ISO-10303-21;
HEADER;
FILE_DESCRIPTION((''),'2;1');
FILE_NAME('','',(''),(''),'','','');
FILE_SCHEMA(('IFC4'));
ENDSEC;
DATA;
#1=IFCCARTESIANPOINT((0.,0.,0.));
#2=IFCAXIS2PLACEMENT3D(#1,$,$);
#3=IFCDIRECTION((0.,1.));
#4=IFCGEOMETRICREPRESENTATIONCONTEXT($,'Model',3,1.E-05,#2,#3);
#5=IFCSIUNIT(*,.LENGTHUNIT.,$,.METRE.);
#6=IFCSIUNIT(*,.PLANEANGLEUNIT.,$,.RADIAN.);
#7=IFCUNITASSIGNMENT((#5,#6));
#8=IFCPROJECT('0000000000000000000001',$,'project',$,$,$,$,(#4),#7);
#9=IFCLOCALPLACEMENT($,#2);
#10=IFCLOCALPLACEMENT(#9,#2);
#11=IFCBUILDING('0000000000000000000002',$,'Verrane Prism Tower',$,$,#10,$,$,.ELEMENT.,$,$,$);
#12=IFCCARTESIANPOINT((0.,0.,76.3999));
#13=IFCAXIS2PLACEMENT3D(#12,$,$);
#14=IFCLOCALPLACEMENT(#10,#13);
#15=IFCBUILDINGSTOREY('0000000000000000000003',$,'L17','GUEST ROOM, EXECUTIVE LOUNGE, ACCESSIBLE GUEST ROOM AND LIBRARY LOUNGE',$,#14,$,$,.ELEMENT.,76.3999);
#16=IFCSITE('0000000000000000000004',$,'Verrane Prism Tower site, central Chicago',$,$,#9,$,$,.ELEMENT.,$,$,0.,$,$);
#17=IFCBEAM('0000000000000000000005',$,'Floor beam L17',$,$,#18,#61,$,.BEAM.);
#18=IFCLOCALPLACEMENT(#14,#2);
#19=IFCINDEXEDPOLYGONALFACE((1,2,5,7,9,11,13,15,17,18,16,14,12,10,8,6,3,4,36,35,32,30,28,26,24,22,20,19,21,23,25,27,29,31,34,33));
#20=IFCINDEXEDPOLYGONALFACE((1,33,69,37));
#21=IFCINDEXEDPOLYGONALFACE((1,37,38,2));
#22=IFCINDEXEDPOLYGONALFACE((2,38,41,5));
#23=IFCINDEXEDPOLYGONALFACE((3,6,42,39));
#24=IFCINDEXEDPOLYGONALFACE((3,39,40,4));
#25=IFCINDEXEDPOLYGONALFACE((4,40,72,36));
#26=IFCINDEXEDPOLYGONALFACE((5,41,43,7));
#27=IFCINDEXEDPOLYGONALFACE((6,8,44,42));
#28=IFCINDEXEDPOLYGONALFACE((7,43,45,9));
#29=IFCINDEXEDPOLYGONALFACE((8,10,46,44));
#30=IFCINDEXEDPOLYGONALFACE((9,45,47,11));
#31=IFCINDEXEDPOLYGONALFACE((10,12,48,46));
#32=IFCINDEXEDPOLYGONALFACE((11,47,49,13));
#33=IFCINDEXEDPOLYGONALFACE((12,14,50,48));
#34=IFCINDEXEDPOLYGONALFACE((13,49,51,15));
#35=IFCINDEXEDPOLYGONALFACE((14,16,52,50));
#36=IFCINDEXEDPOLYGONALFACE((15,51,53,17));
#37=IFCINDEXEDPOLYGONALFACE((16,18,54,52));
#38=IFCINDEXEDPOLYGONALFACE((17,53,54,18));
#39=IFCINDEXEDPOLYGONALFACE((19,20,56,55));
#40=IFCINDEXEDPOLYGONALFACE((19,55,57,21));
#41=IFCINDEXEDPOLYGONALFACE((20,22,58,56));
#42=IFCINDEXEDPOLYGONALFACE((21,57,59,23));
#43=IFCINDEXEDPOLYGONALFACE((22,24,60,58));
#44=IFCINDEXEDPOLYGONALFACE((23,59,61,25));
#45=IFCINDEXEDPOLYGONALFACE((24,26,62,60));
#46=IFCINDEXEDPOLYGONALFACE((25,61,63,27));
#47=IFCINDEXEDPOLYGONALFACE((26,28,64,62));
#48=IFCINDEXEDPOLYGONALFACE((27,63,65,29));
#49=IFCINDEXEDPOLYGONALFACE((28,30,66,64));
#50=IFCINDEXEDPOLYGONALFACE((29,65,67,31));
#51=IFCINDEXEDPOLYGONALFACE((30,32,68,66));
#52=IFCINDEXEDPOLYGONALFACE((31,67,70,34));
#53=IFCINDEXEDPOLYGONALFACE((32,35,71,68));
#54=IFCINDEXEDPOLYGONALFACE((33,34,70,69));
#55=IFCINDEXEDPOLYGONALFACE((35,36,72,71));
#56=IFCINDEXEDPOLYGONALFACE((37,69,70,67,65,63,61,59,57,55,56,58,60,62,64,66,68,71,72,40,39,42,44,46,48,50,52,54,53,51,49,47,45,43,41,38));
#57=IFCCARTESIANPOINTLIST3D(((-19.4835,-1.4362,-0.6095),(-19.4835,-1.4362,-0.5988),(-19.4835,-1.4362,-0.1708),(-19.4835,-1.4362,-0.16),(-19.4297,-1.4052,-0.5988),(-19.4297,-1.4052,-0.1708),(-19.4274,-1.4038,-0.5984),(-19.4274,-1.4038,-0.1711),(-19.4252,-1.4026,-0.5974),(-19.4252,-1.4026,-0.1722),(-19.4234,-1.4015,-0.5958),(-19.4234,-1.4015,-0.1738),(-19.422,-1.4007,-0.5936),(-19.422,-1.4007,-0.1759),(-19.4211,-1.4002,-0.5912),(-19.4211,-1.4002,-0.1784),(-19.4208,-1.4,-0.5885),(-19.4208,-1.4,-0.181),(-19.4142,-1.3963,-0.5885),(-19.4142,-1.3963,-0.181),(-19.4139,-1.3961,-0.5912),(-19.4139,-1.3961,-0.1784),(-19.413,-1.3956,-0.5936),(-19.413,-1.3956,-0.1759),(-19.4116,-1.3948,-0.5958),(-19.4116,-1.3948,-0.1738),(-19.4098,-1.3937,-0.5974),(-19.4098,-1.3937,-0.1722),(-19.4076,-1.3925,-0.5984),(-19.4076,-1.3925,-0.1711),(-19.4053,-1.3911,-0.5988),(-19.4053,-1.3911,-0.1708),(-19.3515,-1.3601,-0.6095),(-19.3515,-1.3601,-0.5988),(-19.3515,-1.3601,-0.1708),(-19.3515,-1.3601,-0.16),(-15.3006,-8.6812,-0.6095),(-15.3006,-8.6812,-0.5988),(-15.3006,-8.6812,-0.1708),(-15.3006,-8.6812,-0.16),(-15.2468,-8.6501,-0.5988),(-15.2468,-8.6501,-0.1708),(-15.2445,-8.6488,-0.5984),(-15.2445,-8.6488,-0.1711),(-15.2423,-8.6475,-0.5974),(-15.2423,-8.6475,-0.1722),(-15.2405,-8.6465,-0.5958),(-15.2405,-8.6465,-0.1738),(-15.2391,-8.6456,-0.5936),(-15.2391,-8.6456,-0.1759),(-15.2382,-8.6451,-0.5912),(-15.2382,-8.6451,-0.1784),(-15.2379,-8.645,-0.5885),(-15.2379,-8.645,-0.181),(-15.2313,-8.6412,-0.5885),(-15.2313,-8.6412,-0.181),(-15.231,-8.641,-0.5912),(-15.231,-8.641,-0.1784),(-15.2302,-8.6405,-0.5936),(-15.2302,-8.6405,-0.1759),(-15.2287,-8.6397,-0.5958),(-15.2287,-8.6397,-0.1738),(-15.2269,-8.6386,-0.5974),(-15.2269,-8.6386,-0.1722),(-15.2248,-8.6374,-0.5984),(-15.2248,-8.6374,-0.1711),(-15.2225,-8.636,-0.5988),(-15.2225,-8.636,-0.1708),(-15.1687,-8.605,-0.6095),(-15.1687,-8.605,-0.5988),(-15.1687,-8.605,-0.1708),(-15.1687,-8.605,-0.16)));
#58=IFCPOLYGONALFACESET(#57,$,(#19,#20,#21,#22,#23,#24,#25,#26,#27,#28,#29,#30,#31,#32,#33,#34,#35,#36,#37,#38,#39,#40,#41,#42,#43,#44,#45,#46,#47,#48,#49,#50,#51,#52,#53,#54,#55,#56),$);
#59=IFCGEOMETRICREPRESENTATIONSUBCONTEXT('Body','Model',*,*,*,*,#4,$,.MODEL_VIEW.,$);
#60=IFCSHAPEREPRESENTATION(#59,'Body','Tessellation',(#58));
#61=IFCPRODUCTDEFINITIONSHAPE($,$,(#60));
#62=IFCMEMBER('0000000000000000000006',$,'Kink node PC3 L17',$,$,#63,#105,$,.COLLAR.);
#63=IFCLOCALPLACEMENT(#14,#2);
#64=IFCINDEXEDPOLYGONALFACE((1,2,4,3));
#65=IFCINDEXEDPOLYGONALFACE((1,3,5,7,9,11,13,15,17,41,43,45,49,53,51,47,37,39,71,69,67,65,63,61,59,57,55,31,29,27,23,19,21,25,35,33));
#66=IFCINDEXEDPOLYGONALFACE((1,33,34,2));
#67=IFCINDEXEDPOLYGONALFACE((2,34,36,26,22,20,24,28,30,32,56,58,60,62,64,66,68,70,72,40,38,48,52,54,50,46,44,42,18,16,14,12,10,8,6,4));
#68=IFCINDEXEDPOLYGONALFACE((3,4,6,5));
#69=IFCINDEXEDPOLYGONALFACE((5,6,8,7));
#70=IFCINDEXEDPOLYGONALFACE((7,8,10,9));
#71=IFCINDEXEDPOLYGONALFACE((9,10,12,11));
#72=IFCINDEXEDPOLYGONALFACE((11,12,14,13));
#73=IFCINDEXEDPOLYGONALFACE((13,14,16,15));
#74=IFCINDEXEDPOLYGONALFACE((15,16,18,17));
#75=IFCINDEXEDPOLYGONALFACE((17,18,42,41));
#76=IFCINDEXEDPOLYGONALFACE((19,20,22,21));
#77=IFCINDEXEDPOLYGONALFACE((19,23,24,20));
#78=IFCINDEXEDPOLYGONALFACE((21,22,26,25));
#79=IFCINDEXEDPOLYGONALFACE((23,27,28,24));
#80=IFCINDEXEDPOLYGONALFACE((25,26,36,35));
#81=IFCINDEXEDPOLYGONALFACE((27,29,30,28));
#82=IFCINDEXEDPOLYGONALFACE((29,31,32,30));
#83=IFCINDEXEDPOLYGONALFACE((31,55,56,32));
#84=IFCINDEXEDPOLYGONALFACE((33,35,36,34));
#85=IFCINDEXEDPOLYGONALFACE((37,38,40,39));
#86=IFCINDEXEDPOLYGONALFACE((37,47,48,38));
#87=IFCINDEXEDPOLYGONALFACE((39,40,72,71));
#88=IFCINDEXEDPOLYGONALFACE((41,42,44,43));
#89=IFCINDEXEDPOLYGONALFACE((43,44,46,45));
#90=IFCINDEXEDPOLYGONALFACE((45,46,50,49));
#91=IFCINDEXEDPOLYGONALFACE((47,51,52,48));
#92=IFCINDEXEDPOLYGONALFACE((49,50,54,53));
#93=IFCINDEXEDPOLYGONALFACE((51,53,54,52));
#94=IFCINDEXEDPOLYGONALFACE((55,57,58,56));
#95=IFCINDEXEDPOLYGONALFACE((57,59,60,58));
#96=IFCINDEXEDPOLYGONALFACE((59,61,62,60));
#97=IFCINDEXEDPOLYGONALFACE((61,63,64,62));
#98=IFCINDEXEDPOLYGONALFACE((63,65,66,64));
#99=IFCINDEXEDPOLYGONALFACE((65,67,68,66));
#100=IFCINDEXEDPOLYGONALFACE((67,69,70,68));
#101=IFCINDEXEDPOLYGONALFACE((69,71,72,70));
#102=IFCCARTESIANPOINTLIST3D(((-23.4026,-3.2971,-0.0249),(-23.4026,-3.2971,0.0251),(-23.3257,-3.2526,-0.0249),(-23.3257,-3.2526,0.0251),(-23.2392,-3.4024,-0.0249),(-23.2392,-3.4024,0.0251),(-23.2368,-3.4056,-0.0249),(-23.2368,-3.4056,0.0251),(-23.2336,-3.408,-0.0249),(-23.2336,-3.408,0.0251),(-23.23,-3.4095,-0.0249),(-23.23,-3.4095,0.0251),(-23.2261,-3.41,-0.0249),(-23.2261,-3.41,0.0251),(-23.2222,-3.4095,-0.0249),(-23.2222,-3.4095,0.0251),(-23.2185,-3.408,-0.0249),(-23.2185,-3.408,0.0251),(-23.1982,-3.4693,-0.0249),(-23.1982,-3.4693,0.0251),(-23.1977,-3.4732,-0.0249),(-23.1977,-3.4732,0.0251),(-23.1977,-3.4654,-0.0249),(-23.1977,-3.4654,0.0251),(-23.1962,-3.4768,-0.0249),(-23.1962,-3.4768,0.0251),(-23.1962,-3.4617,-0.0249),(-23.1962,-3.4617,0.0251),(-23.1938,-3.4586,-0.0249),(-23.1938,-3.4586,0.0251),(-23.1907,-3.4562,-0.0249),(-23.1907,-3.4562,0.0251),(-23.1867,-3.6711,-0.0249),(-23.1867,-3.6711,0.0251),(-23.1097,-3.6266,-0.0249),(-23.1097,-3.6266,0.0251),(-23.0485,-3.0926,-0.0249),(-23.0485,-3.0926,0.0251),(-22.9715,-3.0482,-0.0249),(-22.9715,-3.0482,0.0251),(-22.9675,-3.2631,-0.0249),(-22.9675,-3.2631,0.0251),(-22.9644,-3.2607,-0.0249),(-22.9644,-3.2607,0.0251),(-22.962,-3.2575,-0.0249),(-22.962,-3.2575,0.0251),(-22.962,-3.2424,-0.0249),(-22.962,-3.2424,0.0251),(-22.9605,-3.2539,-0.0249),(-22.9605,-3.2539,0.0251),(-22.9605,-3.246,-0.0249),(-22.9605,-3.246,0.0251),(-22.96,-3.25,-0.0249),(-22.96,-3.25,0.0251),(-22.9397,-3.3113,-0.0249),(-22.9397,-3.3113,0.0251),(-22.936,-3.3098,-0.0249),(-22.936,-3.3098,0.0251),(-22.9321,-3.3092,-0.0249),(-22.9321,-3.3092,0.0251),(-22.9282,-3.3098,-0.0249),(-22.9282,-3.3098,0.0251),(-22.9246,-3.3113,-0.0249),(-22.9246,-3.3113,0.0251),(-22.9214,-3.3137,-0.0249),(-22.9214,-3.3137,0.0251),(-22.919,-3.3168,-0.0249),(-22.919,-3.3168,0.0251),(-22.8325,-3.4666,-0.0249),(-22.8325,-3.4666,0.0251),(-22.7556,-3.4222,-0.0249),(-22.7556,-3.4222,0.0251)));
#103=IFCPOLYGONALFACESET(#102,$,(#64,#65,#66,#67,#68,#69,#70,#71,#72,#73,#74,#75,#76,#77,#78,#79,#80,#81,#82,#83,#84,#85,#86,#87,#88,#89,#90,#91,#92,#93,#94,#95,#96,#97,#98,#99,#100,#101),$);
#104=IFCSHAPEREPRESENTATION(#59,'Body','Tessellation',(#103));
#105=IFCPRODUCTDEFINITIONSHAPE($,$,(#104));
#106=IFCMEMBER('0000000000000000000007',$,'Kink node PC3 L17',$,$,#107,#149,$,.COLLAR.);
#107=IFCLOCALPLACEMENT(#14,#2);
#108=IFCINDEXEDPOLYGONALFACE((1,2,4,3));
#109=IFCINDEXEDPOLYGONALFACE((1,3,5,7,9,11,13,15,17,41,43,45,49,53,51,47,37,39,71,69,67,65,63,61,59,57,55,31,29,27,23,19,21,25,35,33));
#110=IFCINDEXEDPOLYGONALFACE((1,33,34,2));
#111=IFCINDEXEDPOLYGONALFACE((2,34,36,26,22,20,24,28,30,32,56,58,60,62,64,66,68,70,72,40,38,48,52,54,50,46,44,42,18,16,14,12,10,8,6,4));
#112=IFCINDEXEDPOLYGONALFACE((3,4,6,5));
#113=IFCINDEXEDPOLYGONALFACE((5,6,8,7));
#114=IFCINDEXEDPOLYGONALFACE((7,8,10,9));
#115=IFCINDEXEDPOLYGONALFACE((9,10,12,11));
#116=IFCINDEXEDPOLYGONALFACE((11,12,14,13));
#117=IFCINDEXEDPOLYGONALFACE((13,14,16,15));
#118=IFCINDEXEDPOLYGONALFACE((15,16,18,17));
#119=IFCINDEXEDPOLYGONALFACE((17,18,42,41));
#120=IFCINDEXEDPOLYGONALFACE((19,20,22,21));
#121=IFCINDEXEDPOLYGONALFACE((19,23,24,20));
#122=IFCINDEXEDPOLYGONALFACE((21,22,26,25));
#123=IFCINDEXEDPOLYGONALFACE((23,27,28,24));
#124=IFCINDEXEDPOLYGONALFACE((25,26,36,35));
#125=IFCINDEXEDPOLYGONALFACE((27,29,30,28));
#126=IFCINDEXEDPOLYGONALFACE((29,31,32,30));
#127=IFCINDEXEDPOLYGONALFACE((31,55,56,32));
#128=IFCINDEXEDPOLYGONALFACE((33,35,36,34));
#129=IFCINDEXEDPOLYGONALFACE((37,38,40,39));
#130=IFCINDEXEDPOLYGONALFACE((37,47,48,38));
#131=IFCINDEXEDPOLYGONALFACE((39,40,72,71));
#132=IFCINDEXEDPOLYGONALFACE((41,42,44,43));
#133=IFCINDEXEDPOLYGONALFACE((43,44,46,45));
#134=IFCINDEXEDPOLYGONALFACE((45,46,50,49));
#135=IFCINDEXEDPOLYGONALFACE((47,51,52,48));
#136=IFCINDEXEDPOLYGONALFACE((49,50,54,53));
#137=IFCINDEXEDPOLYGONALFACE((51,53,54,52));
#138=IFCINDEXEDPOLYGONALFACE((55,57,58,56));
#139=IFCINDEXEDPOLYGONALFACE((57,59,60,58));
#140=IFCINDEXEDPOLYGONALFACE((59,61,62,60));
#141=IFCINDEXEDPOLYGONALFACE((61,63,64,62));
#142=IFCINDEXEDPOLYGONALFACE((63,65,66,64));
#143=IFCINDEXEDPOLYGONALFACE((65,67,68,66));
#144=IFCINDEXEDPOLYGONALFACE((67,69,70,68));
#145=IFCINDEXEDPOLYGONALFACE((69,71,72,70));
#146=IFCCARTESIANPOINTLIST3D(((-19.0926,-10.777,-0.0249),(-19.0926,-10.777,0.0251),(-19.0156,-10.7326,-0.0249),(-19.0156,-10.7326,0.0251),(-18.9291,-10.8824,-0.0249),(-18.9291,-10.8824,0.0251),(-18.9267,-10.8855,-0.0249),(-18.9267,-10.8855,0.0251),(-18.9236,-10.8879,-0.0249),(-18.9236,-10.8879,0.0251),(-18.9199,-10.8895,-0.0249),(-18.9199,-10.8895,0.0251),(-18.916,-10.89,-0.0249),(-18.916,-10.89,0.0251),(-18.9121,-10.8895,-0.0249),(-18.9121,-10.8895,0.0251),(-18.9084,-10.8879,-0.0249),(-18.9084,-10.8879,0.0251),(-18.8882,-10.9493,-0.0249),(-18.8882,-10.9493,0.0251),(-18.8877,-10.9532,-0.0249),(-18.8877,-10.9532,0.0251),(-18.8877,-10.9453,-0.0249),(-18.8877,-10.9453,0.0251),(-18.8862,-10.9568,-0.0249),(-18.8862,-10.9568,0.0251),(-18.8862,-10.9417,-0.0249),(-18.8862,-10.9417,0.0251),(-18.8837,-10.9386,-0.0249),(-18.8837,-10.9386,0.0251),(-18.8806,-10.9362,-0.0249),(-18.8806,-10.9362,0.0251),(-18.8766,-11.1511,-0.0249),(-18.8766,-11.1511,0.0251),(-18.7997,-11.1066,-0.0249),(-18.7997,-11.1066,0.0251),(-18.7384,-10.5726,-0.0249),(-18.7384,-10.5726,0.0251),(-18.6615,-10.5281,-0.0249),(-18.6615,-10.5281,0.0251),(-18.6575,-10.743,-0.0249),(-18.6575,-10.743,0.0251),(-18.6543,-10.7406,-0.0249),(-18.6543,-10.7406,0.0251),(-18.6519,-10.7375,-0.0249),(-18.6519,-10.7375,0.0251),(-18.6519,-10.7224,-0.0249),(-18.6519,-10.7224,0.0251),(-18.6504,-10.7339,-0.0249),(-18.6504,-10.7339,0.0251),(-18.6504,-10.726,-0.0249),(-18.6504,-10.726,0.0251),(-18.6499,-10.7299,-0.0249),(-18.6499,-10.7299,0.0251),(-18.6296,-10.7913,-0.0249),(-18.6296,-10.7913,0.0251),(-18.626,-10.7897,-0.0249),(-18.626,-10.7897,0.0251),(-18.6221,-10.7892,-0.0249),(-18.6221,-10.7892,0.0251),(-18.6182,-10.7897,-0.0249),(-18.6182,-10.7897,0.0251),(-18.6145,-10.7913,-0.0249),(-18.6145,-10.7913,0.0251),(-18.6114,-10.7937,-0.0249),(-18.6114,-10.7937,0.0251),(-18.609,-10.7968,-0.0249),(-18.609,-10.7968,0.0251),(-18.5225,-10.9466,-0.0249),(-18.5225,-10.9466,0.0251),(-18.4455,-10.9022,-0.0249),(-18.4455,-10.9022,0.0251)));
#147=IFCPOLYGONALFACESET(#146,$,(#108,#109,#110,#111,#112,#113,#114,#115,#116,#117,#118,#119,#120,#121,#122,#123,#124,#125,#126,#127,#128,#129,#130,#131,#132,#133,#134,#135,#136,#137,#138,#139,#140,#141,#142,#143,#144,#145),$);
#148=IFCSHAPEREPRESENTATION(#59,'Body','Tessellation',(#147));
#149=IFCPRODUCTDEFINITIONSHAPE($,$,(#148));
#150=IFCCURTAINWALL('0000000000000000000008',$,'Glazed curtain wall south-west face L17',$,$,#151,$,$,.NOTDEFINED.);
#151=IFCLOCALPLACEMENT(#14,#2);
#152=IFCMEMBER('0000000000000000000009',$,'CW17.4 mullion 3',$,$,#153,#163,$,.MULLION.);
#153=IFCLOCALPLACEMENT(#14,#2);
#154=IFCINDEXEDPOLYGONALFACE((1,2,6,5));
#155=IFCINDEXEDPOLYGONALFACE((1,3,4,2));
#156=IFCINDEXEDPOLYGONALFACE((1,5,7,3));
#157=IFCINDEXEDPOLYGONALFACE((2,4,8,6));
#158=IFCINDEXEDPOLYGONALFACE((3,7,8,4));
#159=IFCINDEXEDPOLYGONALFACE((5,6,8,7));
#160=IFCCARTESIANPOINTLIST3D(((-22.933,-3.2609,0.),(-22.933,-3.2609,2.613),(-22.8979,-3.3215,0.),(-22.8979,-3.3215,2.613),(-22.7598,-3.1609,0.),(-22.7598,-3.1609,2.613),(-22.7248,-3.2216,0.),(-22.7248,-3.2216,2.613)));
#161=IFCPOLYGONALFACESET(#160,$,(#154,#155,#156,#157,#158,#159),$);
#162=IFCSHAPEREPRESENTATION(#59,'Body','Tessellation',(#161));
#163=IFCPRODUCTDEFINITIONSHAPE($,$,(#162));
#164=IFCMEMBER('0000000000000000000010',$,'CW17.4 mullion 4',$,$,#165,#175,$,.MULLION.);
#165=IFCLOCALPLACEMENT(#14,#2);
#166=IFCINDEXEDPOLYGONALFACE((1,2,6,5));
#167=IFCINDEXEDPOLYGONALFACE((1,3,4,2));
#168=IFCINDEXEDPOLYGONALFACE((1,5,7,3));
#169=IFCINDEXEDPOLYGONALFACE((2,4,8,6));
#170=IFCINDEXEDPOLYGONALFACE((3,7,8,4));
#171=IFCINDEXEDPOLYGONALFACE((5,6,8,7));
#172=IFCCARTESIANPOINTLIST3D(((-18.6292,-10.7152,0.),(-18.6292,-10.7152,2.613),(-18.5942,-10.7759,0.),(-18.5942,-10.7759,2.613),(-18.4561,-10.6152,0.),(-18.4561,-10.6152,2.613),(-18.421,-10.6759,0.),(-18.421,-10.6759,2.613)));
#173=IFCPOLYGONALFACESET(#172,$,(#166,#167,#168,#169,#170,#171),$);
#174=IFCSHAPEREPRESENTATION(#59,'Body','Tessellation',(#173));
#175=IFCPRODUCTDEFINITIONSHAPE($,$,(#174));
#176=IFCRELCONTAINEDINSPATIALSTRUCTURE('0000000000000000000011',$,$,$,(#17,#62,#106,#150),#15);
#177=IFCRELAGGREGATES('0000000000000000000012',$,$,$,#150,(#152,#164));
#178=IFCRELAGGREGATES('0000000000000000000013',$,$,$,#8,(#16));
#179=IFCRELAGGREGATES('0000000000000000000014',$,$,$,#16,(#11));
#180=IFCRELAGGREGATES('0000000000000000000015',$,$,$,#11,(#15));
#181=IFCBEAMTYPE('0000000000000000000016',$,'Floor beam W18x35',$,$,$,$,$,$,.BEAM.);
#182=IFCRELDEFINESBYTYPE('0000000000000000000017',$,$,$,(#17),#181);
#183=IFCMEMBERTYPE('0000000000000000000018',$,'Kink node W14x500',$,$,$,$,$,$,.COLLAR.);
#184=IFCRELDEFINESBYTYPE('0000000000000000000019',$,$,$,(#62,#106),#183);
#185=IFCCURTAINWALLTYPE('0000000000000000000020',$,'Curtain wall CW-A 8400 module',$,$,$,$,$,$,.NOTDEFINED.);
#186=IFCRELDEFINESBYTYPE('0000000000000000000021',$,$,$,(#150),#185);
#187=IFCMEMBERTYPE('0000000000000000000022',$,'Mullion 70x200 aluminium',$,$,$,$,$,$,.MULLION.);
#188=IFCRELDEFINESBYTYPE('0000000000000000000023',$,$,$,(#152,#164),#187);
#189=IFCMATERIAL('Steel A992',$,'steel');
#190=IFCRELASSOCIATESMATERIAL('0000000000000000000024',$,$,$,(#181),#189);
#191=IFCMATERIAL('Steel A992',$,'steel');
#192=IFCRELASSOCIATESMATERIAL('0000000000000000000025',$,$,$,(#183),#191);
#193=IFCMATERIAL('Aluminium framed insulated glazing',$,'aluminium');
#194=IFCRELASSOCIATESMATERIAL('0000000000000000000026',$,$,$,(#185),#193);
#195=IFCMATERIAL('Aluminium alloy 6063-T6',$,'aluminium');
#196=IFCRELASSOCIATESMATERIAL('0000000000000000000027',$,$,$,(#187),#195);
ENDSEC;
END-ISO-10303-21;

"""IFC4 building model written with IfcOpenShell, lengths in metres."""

from ifc_helpers import new_model, si_unit, direction, frame, origin, origin_2d, place, context, subcontext, project, spatial, rectangle, i_section, extrude, material, material_profile, profile_set, type_object, element, aggregate, save


model = new_model("IFC4")

# Units and contexts
model_context = context("Model", 3, precision=1e-05, world=origin(), true_north=direction((0.0, 1.0)))
body_context = subcontext(model_context, "Body", "Model", "MODEL_VIEW")
ifc_project = project(units=[si_unit("LENGTHUNIT", "METRE"), si_unit("PLANEANGLEUNIT", "RADIAN")], contexts=[model_context])

# Site, building, storey
site_placement = place(None, origin())
site = spatial("IfcSite", under=ifc_project, at=site_placement, Name="Verrane Prism Tower site, central Chicago", CompositionType="ELEMENT", RefElevation=0.0)
building_placement = place(site_placement, origin())
building = spatial("IfcBuilding", under=site, at=building_placement, Name="Verrane Prism Tower", CompositionType="ELEMENT")
storey_placement = place(building_placement, frame((0.0, 0.0, 76.3999)))
storey = spatial("IfcBuildingStorey", under=building, at=storey_placement, Name="L17", Description="GUEST ROOM, EXECUTIVE LOUNGE, ACCESSIBLE GUEST ROOM AND LIBRARY LOUNGE", CompositionType="ELEMENT", Elevation=76.3999)

# Beam
ifc_material_1 = material(Name="Steel A992", Category="steel")
ifc_material_profile_1 = material_profile(ifc_material_1, i_section(OverallWidth=0.1523, OverallDepth=0.4495, WebThickness=0.0076, FlangeThickness=0.0107, FilletRadius=0.0103, at=origin_2d()), Name="W18x35")
ifc_profile_set_1 = profile_set([ifc_material_profile_1], Name="Steel A992")
beam_type_1 = type_object("IfcBeamType", Name="Floor beam W18x35", PredefinedType="BEAM", material=ifc_profile_set_1)
beam_1_placement = place(storey_placement, frame((-15.2346, -8.6431, -0.3848), z_axis=(-0.500003, 0.866024, 0.0), x_axis=(-0.866024, -0.500003, 0.0)))
element("IfcBeam", 1, at=beam_1_placement, inside=storey, type_object=beam_type_1, Name="Floor beam L17", PredefinedType="BEAM", context=body_context, shape_type="SweptSolid", body=[
    extrude(i_section(OverallWidth=0.1523, OverallDepth=0.4495, WebThickness=0.0076, FlangeThickness=0.0107, FilletRadius=0.0103, at=origin_2d()), origin(), (0.0, 0.0, 1.0), 8.3657),
])

# Members
ifc_material_2 = material(Name="Steel A992", Category="steel")
ifc_material_profile_2 = material_profile(ifc_material_2, i_section(OverallWidth=0.4319, OverallDepth=0.4978, WebThickness=0.0557, FlangeThickness=0.0889, FilletRadius=0.0151, at=origin_2d()), Name="W14x500")
ifc_profile_set_2 = profile_set([ifc_material_profile_2], Name="Steel A992")
member_type_1 = type_object("IfcMemberType", Name="Kink node W14x500", PredefinedType="COLLAR", material=ifc_profile_set_2)
for number, where, z_axis, x_axis, name in (
    (2, (-23.0791, -3.3596, -0.0249), (0.0, 0.0, 1.0), (-0.5, 0.866025, 0.0), "Kink node PC3 L17"),
    (3, (-18.769, -10.8396, -0.0249), (0.0, 0.0, 1.0), (-0.5, 0.866025, 0.0), "Kink node PC3 L17"),
):
    element("IfcMember", number, at=place(storey_placement, frame(where, z_axis=z_axis, x_axis=x_axis)), inside=storey, type_object=member_type_1, Name=name, PredefinedType="COLLAR", context=body_context, shape_type="SweptSolid", body=[
        extrude(i_section(OverallWidth=0.4319, OverallDepth=0.4978, WebThickness=0.0557, FlangeThickness=0.0889, FilletRadius=0.0151, at=origin_2d()), origin(), (0.0, 0.0, 1.0), 0.05),
    ])

# Curtain wall, members
ifc_material_3 = material(Name="Aluminium framed insulated glazing", Category="aluminium")
curtain_wall_type = type_object("IfcCurtainWallType", Name="Curtain wall CW-A 8400 module", PredefinedType="NOTDEFINED", material=ifc_material_3)
curtain_wall_placement = place(storey_placement, origin())
curtain_wall = element("IfcCurtainWall", 4, at=curtain_wall_placement, inside=storey, type_object=curtain_wall_type, Name="Glazed curtain wall south-west face L17", PredefinedType="NOTDEFINED")
ifc_material_4 = material(Name="Aluminium alloy 6063-T6", Category="aluminium")
ifc_material_profile_3 = material_profile(ifc_material_4, rectangle(XDim=0.2, YDim=0.0701, at=origin_2d()), Name="Mullion 70x200 aluminium")
ifc_profile_set_3 = profile_set([ifc_material_profile_3], Name="Aluminium alloy 6063-T6")
member_type_2 = type_object("IfcMemberType", Name="Mullion 70x200 aluminium", PredefinedType="MULLION", material=ifc_profile_set_3)
member_1_placement = place(storey_placement, frame((-22.8289, -3.2412, 0.0), z_axis=(0.0, 0.0, 1.0), x_axis=(0.866026, 0.499999, 0.0)))
member_1 = element("IfcMember", 5, at=member_1_placement, type_object=member_type_2, Name="CW17.4 mullion 3", PredefinedType="MULLION", context=body_context, shape_type="SweptSolid", body=[
    extrude(rectangle(XDim=0.2, YDim=0.0701, at=origin_2d()), origin(), (0.0, 0.0, 1.0), 2.613),
])
member_2_placement = place(storey_placement, frame((-18.5251, -10.6956, 0.0), z_axis=(0.0, 0.0, 1.0), x_axis=(0.866026, 0.499999, 0.0)))
member_2 = element("IfcMember", 6, at=member_2_placement, type_object=member_type_2, Name="CW17.4 mullion 4", PredefinedType="MULLION", context=body_context, shape_type="SweptSolid", body=[
    extrude(rectangle(XDim=0.2, YDim=0.0701, at=origin_2d()), origin(), (0.0, 0.0, 1.0), 2.613),
])

aggregate(curtain_wall, [member_1, member_2])

save(model, "model.ifc")
